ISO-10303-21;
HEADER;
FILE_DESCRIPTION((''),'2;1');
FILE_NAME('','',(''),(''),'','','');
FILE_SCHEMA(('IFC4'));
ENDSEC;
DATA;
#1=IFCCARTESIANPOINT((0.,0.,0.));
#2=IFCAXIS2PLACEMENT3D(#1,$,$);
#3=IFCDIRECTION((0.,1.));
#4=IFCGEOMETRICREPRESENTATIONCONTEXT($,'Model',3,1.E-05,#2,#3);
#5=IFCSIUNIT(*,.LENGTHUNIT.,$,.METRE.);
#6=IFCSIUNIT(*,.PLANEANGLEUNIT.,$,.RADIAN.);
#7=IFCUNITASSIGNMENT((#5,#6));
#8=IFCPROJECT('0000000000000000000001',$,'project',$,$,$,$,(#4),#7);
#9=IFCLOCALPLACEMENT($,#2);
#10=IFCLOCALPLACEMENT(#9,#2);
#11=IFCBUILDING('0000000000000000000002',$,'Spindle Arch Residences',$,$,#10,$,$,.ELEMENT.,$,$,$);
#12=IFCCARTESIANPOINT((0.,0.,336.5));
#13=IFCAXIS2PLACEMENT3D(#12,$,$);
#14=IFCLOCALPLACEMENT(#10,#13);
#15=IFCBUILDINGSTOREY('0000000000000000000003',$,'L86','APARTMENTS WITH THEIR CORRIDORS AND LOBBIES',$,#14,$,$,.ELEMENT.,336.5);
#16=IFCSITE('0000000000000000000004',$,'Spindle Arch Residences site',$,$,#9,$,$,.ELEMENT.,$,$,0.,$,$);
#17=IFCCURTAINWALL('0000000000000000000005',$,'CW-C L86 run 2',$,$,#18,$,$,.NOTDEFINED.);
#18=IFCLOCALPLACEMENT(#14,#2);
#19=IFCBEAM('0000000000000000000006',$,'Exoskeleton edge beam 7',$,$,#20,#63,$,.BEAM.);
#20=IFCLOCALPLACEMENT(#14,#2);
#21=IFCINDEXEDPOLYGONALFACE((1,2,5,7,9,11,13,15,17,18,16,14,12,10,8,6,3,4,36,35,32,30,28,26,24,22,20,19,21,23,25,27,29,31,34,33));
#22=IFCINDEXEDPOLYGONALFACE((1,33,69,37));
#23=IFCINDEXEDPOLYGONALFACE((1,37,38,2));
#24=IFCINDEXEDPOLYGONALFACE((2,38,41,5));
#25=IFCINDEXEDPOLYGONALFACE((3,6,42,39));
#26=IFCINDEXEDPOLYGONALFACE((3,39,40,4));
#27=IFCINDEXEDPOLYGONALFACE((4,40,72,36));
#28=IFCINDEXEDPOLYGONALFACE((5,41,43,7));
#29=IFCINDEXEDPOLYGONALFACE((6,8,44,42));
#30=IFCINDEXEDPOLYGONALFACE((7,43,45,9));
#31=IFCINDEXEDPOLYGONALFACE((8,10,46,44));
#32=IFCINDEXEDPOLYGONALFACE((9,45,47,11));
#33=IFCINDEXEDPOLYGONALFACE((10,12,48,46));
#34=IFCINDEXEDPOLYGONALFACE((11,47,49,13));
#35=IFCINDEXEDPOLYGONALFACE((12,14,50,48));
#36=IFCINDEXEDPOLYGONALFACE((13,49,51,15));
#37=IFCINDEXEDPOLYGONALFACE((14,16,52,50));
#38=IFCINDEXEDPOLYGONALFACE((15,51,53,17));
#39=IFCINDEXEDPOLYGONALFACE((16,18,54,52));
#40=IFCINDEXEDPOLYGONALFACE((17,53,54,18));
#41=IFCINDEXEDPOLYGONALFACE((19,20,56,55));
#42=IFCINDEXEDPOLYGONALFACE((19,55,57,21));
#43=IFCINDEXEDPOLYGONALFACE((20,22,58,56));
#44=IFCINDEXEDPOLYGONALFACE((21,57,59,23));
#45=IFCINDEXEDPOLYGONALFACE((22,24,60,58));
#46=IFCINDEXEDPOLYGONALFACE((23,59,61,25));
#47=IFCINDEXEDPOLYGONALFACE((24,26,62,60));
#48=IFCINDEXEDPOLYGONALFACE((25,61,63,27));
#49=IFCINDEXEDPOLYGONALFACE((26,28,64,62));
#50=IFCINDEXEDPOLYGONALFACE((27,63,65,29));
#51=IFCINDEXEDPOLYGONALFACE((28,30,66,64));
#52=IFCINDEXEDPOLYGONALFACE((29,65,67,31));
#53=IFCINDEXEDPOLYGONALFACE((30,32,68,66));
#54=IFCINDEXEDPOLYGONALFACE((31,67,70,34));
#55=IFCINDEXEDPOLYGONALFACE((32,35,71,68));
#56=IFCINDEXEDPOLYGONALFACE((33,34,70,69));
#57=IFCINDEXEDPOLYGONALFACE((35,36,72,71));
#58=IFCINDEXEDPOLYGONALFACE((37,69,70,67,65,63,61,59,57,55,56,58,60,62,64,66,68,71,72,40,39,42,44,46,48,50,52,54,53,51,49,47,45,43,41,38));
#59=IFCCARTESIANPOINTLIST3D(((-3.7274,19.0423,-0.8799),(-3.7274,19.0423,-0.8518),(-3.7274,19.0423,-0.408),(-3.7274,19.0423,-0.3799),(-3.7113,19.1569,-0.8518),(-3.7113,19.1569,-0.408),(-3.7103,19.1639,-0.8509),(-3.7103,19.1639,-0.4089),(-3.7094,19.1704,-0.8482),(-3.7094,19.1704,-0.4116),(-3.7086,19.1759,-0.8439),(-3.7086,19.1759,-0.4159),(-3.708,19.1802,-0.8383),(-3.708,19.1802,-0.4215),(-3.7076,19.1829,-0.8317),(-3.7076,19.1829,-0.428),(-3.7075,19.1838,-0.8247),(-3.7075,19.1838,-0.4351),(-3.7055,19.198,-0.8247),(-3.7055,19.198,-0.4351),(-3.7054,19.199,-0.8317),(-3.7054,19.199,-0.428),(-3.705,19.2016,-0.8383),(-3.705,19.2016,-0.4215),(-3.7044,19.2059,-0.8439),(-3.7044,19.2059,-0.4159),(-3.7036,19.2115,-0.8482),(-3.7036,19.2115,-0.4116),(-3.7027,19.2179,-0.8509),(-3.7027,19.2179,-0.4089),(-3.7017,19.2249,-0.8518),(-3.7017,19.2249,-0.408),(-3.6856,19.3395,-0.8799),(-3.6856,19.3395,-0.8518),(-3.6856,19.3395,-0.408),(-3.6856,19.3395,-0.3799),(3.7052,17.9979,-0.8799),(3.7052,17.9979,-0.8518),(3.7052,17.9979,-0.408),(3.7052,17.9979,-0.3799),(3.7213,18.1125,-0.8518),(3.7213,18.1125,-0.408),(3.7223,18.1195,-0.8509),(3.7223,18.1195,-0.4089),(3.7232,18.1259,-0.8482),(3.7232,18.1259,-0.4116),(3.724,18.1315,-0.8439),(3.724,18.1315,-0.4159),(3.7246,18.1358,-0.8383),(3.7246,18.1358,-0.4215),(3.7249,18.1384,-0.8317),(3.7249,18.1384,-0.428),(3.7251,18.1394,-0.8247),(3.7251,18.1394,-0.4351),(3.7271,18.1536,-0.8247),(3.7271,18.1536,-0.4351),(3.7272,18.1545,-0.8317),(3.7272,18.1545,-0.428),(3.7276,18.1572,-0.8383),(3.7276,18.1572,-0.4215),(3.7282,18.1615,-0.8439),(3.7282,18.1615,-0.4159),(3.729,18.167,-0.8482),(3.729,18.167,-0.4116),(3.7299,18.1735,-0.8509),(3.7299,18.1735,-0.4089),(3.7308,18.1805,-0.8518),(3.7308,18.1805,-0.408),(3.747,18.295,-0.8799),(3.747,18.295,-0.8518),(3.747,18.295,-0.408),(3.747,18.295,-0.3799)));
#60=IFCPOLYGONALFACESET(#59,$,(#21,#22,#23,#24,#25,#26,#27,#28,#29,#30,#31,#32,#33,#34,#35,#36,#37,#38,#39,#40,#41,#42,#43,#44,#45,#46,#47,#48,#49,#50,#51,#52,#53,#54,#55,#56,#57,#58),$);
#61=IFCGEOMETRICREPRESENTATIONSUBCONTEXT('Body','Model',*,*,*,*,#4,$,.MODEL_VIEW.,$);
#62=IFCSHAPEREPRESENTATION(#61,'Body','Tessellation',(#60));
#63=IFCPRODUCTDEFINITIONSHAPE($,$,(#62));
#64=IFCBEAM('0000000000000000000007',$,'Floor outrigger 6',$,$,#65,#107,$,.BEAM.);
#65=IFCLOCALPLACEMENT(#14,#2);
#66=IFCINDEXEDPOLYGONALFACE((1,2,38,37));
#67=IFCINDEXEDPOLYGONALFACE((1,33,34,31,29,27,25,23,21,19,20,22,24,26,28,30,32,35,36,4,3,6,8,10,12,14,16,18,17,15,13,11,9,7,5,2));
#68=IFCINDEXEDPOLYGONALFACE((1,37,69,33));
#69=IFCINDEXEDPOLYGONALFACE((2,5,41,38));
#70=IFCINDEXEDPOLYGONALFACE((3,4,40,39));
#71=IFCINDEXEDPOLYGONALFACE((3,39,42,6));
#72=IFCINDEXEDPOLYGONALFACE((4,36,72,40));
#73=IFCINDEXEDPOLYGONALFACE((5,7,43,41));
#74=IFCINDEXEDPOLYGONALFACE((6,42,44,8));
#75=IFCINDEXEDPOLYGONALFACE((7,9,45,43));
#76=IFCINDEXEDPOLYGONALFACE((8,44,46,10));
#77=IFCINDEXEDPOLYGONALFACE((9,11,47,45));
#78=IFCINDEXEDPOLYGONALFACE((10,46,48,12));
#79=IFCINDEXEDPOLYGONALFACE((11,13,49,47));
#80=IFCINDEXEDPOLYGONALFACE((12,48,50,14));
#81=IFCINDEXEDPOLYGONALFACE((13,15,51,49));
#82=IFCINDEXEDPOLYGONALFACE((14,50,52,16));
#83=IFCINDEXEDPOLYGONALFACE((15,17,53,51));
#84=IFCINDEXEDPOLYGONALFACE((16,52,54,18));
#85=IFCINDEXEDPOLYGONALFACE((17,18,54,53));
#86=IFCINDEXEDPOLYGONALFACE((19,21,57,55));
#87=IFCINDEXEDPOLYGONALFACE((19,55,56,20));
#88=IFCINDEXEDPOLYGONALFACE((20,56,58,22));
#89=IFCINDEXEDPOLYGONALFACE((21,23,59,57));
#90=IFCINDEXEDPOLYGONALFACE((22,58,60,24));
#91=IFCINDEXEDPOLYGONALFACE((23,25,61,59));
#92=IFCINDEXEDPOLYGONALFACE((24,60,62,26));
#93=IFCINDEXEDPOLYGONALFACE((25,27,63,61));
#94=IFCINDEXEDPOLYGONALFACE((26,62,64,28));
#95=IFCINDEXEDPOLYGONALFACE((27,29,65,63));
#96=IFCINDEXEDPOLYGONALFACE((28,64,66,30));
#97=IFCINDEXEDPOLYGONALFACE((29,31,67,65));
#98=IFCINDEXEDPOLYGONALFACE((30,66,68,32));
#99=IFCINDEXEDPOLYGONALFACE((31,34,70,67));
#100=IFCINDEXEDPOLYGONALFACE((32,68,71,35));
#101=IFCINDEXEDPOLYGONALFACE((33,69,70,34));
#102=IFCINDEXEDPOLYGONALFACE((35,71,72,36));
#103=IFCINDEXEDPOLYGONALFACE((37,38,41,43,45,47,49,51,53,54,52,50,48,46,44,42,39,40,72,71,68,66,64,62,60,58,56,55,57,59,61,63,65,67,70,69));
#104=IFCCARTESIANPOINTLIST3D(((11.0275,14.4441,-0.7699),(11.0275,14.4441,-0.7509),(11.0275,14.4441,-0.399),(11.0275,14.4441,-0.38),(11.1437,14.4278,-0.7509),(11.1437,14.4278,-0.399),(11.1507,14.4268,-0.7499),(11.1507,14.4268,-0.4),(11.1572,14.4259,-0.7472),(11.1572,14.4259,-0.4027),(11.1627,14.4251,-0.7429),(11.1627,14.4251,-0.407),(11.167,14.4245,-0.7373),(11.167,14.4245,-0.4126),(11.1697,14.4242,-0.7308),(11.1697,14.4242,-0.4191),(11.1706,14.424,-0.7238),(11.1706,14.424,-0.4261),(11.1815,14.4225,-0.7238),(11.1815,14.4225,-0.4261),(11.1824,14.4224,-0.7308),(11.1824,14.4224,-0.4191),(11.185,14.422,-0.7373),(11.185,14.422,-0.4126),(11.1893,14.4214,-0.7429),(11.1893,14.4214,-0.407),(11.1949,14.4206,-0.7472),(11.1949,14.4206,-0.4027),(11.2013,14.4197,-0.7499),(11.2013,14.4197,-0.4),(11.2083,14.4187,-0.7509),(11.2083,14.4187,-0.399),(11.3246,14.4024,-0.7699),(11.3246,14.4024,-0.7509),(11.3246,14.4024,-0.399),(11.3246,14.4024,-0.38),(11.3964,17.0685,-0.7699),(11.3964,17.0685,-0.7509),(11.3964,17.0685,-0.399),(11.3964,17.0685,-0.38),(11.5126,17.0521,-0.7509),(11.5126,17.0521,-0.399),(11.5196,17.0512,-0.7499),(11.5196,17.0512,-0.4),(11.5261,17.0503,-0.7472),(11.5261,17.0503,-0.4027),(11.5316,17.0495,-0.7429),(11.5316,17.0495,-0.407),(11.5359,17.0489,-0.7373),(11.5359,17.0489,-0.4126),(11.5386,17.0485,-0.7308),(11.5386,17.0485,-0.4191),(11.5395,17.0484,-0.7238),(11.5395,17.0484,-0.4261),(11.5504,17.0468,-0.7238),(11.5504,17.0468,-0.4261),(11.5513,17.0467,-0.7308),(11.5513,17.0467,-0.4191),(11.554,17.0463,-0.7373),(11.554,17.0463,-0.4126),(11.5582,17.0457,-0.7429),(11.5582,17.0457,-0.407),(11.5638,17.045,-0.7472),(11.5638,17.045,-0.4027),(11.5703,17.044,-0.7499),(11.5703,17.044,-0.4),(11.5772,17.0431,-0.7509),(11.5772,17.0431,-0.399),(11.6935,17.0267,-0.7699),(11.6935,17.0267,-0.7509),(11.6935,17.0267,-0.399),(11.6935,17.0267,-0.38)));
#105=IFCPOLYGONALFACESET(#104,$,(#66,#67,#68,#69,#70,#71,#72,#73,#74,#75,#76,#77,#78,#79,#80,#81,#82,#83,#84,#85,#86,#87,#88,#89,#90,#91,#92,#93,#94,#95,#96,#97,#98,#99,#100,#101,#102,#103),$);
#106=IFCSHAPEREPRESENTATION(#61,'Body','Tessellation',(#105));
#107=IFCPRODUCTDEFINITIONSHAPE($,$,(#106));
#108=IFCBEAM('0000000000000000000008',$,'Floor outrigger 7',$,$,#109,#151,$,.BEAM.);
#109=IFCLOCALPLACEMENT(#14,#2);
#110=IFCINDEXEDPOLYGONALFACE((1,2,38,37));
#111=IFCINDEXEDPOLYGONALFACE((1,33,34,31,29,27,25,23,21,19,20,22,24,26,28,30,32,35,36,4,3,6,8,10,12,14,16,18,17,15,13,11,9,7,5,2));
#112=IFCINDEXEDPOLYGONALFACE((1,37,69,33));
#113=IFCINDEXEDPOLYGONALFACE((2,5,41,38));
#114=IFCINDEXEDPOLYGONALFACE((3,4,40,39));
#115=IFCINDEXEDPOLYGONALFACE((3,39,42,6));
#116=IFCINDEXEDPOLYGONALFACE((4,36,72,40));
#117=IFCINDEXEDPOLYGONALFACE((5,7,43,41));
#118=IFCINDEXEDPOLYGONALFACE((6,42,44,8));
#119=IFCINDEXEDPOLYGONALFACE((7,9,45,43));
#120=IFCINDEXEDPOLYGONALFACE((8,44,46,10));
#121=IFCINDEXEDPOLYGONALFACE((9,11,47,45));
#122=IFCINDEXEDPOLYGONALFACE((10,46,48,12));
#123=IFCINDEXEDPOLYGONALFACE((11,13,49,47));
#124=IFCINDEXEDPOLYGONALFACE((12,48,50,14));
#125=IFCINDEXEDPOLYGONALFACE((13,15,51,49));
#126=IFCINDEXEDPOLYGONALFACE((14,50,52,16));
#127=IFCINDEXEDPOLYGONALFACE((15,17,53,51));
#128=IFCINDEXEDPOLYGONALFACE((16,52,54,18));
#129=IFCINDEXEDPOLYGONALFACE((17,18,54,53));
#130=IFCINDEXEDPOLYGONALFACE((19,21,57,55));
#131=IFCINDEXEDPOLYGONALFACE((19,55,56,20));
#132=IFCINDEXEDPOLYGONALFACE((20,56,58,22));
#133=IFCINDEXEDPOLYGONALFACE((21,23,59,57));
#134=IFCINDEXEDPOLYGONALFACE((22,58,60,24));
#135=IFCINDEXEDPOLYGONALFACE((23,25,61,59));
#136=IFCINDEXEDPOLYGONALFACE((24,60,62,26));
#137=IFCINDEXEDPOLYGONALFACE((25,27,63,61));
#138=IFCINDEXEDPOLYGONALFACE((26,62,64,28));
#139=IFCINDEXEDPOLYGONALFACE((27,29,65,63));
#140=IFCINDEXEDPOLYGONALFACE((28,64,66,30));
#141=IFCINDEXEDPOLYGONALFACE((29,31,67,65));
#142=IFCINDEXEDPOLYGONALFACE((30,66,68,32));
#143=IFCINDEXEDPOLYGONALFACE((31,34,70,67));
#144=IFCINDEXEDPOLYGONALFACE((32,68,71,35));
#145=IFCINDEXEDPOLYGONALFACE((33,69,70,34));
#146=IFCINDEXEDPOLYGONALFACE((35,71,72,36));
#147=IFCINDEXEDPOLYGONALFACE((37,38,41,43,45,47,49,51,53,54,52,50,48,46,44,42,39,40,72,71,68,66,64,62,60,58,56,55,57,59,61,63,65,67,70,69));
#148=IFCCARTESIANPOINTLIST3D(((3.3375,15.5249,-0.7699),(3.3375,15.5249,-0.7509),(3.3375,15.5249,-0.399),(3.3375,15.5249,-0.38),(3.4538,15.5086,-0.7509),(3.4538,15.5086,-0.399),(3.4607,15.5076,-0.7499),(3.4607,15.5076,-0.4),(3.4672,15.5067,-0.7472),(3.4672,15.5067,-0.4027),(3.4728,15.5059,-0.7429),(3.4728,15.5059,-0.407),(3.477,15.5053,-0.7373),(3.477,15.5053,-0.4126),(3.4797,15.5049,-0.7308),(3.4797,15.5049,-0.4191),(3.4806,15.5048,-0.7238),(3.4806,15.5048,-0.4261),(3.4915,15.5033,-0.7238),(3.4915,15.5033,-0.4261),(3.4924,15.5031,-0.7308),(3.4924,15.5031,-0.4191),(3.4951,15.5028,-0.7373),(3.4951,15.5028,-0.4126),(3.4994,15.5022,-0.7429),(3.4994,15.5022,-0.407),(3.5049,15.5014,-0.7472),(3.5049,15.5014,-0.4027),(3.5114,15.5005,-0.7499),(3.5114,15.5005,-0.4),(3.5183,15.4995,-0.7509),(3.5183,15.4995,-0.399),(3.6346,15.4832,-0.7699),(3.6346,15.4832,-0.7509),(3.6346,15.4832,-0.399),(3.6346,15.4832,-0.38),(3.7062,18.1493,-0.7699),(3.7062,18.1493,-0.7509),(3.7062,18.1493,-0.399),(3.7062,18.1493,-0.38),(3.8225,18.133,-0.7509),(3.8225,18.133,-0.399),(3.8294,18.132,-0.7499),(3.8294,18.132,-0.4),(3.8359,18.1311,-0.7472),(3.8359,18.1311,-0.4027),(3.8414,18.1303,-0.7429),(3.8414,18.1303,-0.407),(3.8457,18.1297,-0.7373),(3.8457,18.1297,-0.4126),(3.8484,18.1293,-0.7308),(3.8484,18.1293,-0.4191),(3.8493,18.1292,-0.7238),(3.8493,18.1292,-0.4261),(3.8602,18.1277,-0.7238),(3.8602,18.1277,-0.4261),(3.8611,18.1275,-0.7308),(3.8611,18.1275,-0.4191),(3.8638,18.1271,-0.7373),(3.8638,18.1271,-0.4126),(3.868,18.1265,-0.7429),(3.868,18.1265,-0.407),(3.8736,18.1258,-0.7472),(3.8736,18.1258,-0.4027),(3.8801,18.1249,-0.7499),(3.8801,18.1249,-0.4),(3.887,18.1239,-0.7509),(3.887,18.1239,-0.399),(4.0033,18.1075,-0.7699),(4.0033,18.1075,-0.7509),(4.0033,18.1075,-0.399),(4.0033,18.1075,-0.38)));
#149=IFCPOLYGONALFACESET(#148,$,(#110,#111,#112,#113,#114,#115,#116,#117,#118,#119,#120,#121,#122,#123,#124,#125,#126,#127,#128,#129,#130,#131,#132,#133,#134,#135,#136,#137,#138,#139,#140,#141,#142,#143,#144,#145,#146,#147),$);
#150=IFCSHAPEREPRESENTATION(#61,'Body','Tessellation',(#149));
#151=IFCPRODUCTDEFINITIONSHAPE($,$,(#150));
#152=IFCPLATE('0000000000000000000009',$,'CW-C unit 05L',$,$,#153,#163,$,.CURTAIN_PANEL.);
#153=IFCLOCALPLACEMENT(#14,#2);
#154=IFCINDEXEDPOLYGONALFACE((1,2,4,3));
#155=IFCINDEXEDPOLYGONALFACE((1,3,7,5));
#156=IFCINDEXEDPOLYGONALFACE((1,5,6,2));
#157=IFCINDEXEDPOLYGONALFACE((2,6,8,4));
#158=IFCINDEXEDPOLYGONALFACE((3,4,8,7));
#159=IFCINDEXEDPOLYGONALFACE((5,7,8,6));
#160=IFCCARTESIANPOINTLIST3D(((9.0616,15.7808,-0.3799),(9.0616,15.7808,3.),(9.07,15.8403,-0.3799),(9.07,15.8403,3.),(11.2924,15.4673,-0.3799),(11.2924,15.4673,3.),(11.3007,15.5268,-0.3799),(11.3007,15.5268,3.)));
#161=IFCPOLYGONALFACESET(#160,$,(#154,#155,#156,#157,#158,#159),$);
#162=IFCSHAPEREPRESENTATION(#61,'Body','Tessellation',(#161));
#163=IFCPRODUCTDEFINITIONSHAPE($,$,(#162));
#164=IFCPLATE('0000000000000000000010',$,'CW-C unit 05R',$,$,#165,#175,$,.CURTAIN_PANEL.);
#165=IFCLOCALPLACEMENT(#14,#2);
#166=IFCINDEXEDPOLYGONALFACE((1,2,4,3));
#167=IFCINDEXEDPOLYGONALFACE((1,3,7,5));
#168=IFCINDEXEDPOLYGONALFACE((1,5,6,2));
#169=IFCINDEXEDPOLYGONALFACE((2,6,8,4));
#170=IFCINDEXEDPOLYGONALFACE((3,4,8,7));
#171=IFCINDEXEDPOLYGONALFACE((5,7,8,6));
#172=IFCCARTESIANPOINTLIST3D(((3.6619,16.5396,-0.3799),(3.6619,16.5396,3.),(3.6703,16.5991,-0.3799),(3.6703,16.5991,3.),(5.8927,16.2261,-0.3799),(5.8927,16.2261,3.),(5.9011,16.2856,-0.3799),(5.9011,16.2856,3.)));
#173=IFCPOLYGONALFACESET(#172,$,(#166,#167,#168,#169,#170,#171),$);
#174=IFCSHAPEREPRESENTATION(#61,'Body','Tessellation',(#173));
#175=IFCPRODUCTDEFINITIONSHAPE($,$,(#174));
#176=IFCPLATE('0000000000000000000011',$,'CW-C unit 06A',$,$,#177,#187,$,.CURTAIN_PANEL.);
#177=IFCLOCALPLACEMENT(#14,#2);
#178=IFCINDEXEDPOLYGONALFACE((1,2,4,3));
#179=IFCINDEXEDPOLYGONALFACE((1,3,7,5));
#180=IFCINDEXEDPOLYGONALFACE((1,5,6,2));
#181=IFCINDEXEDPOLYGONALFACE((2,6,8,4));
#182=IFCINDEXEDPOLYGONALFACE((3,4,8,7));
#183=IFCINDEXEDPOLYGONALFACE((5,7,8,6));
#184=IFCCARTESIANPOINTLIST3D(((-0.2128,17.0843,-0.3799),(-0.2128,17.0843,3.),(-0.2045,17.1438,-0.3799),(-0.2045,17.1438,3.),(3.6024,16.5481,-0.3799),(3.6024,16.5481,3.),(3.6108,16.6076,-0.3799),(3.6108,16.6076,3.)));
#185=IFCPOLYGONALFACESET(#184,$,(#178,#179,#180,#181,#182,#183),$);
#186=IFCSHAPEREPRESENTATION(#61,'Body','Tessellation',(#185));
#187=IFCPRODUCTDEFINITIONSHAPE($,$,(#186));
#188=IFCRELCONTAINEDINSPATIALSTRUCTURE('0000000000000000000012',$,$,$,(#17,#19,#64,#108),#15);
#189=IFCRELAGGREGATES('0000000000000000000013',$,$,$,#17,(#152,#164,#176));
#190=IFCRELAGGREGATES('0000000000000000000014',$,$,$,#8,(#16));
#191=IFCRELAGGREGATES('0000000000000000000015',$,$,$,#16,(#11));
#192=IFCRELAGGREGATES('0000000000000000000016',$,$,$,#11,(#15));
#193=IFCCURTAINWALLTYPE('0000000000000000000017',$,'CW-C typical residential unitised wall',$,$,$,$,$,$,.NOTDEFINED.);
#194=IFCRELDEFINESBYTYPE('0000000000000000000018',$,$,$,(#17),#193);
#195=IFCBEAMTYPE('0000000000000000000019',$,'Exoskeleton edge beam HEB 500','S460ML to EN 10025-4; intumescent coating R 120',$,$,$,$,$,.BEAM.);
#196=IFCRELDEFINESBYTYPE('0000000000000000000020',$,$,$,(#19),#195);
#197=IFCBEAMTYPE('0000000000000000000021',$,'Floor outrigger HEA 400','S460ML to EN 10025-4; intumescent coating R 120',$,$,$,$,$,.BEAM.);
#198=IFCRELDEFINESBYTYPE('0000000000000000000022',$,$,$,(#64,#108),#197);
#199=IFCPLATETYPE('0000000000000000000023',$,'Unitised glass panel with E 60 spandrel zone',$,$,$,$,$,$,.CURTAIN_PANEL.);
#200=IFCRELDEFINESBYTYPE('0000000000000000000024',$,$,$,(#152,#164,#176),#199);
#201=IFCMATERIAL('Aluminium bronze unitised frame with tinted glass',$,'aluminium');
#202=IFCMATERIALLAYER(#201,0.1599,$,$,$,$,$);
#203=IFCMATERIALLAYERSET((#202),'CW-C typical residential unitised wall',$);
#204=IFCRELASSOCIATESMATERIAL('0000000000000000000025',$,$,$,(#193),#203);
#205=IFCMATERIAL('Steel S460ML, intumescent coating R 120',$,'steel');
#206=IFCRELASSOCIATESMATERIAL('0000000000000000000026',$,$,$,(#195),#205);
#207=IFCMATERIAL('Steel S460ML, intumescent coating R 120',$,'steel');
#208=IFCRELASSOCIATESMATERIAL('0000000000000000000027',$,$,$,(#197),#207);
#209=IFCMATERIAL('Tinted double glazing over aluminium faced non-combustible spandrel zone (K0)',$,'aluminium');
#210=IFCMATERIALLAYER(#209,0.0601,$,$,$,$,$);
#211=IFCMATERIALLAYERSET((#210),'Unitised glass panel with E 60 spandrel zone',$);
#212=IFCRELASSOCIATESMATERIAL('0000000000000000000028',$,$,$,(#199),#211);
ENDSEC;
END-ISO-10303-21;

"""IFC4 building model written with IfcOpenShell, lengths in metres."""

from ifc_helpers import new_model, si_unit, direction, frame, origin, origin_2d, place, context, subcontext, project, spatial, rectangle, i_section, extrude, material, layer, layer_set, material_profile, profile_set, type_object, element, aggregate, save


model = new_model("IFC4")

# Units and contexts
model_context = context("Model", 3, precision=1e-05, world=origin(), true_north=direction((0.0, 1.0)))
body_context = subcontext(model_context, "Body", "Model", "MODEL_VIEW")
ifc_project = project(units=[si_unit("LENGTHUNIT", "METRE"), si_unit("PLANEANGLEUNIT", "RADIAN")], contexts=[model_context])

# Site, building, storey
site_placement = place(None, origin())
site = spatial("IfcSite", under=ifc_project, at=site_placement, Name="Spindle Arch Residences site", CompositionType="ELEMENT", RefElevation=0.0)
building_placement = place(site_placement, origin())
building = spatial("IfcBuilding", under=site, at=building_placement, Name="Spindle Arch Residences", CompositionType="ELEMENT")
storey_placement = place(building_placement, frame((0.0, 0.0, 336.5)))
storey = spatial("IfcBuildingStorey", under=building, at=storey_placement, Name="L86", Description="APARTMENTS WITH THEIR CORRIDORS AND LOBBIES", CompositionType="ELEMENT", Elevation=336.5)

# Curtain wall
ifc_material_1 = material(Name="Aluminium bronze unitised frame with tinted glass", Category="aluminium")
ifc_layer_1 = layer(ifc_material_1, 0.1599)
ifc_layer_set_1 = layer_set([ifc_layer_1], Name="CW-C typical residential unitised wall")
curtain_wall_type = type_object("IfcCurtainWallType", Name="CW-C typical residential unitised wall", PredefinedType="NOTDEFINED", material=ifc_layer_set_1)
curtain_wall_placement = place(storey_placement, origin())
curtain_wall = element("IfcCurtainWall", 1, at=curtain_wall_placement, inside=storey, type_object=curtain_wall_type, Name="CW-C L86 run 2", PredefinedType="NOTDEFINED")

# Beams
ifc_material_2 = material(Name="Steel S460ML, intumescent coating R 120", Category="steel")
ifc_material_profile_1 = material_profile(ifc_material_2, i_section(OverallWidth=0.3, OverallDepth=0.5, WebThickness=0.0144, FlangeThickness=0.0281, FilletRadius=0.0271, at=origin_2d()), Name="HEB 500")
ifc_profile_set_1 = profile_set([ifc_material_profile_1], Name="Steel S460ML, intumescent coating R 120")
beam_type_1 = type_object("IfcBeamType", Name="Exoskeleton edge beam HEB 500", Description="S460ML to EN 10025-4; intumescent coating R 120", PredefinedType="BEAM", material=ifc_profile_set_1)
for number, where, z_axis, x_axis, name in (
    (2, (3.7261, 18.1465, -0.6299), (-0.990271, 0.139153, 0.0), (-0.139153, -0.990271, 0.0), "Exoskeleton edge beam 7"),
):
    element("IfcBeam", number, at=place(storey_placement, frame(where, z_axis=z_axis, x_axis=x_axis)), inside=storey, type_object=beam_type_1, Name=name, PredefinedType="BEAM", context=body_context, shape_type="SweptSolid", body=[
        extrude(i_section(OverallWidth=0.3, OverallDepth=0.5, WebThickness=0.0144, FlangeThickness=0.0281, FilletRadius=0.0271, at=origin_2d()), origin(), (0.0, 0.0, 1.0), 7.5056),
    ])
ifc_material_3 = material(Name="Steel S460ML, intumescent coating R 120", Category="steel")
ifc_material_profile_2 = material_profile(ifc_material_3, i_section(OverallWidth=0.3, OverallDepth=0.3899, WebThickness=0.011, FlangeThickness=0.019, FilletRadius=0.0271, at=origin_2d()), Name="HEA 400")
ifc_profile_set_2 = profile_set([ifc_material_profile_2], Name="Steel S460ML, intumescent coating R 120")
beam_type_2 = type_object("IfcBeamType", Name="Floor outrigger HEA 400", Description="S460ML to EN 10025-4; intumescent coating R 120", PredefinedType="BEAM", material=ifc_profile_set_2)
for number, where, z_axis, x_axis, name in (
    (3, (11.5449, 17.0476, -0.575), (-0.139203, -0.990264, 0.0), (0.990264, -0.139203, 0.0), "Floor outrigger 6"),
    (4, (3.8547, 18.1284, -0.575), (-0.139112, -0.990277, 0.0), (0.990277, -0.139112, 0.0), "Floor outrigger 7"),
):
    element("IfcBeam", number, at=place(storey_placement, frame(where, z_axis=z_axis, x_axis=x_axis)), inside=storey, type_object=beam_type_2, Name=name, PredefinedType="BEAM", context=body_context, shape_type="SweptSolid", body=[
        extrude(i_section(OverallWidth=0.3, OverallDepth=0.3899, WebThickness=0.011, FlangeThickness=0.019, FilletRadius=0.0271, at=origin_2d()), origin(), (0.0, 0.0, 1.0), 2.6501),
    ])

# Plates
ifc_material_4 = material(Name="Tinted double glazing over aluminium faced non-combustible spandrel zone (K0)", Category="aluminium")
ifc_layer_2 = layer(ifc_material_4, 0.0601)
ifc_layer_set_2 = layer_set([ifc_layer_2], Name="Unitised glass panel with E 60 spandrel zone")
plate_type = type_object("IfcPlateType", Name="Unitised glass panel with E 60 spandrel zone", PredefinedType="CURTAIN_PANEL", material=ifc_layer_set_2)
plate_1_placement = place(storey_placement, frame((10.1812, 15.6538, -0.3799), z_axis=(0.0, 0.0, 1.0), x_axis=(-0.990268, 0.139173, 0.0)))
plate_1 = element("IfcPlate", 5, at=plate_1_placement, type_object=plate_type, Name="CW-C unit 05L", PredefinedType="CURTAIN_PANEL", context=body_context, shape_type="SweptSolid", body=[
    extrude(rectangle(XDim=2.2527, YDim=0.0601, at=origin_2d()), origin(), (0.0, 0.0, 1.0), 3.3799),
])
plate_2_placement = place(storey_placement, frame((4.7815, 16.4126, -0.3799), z_axis=(0.0, 0.0, 1.0), x_axis=(-0.990268, 0.139173, 0.0)))
plate_2 = element("IfcPlate", 6, at=plate_2_placement, type_object=plate_type, Name="CW-C unit 05R", PredefinedType="CURTAIN_PANEL", context=body_context, shape_type="SweptSolid", body=[
    extrude(rectangle(XDim=2.2527, YDim=0.0601, at=origin_2d()), origin(), (0.0, 0.0, 1.0), 3.3799),
])
plate_3_placement = place(storey_placement, frame((1.699, 16.8459, -0.3799), z_axis=(0.0, 0.0, 1.0), x_axis=(-0.990268, 0.139173, 0.0)))
plate_3 = element("IfcPlate", 7, at=plate_3_placement, type_object=plate_type, Name="CW-C unit 06A", PredefinedType="CURTAIN_PANEL", context=body_context, shape_type="SweptSolid", body=[
    extrude(rectangle(XDim=3.8528, YDim=0.0601, at=origin_2d()), origin(), (0.0, 0.0, 1.0), 3.3799),
])
aggregate(curtain_wall, [plate_1, plate_2, plate_3])

save(model, "model.ifc")
